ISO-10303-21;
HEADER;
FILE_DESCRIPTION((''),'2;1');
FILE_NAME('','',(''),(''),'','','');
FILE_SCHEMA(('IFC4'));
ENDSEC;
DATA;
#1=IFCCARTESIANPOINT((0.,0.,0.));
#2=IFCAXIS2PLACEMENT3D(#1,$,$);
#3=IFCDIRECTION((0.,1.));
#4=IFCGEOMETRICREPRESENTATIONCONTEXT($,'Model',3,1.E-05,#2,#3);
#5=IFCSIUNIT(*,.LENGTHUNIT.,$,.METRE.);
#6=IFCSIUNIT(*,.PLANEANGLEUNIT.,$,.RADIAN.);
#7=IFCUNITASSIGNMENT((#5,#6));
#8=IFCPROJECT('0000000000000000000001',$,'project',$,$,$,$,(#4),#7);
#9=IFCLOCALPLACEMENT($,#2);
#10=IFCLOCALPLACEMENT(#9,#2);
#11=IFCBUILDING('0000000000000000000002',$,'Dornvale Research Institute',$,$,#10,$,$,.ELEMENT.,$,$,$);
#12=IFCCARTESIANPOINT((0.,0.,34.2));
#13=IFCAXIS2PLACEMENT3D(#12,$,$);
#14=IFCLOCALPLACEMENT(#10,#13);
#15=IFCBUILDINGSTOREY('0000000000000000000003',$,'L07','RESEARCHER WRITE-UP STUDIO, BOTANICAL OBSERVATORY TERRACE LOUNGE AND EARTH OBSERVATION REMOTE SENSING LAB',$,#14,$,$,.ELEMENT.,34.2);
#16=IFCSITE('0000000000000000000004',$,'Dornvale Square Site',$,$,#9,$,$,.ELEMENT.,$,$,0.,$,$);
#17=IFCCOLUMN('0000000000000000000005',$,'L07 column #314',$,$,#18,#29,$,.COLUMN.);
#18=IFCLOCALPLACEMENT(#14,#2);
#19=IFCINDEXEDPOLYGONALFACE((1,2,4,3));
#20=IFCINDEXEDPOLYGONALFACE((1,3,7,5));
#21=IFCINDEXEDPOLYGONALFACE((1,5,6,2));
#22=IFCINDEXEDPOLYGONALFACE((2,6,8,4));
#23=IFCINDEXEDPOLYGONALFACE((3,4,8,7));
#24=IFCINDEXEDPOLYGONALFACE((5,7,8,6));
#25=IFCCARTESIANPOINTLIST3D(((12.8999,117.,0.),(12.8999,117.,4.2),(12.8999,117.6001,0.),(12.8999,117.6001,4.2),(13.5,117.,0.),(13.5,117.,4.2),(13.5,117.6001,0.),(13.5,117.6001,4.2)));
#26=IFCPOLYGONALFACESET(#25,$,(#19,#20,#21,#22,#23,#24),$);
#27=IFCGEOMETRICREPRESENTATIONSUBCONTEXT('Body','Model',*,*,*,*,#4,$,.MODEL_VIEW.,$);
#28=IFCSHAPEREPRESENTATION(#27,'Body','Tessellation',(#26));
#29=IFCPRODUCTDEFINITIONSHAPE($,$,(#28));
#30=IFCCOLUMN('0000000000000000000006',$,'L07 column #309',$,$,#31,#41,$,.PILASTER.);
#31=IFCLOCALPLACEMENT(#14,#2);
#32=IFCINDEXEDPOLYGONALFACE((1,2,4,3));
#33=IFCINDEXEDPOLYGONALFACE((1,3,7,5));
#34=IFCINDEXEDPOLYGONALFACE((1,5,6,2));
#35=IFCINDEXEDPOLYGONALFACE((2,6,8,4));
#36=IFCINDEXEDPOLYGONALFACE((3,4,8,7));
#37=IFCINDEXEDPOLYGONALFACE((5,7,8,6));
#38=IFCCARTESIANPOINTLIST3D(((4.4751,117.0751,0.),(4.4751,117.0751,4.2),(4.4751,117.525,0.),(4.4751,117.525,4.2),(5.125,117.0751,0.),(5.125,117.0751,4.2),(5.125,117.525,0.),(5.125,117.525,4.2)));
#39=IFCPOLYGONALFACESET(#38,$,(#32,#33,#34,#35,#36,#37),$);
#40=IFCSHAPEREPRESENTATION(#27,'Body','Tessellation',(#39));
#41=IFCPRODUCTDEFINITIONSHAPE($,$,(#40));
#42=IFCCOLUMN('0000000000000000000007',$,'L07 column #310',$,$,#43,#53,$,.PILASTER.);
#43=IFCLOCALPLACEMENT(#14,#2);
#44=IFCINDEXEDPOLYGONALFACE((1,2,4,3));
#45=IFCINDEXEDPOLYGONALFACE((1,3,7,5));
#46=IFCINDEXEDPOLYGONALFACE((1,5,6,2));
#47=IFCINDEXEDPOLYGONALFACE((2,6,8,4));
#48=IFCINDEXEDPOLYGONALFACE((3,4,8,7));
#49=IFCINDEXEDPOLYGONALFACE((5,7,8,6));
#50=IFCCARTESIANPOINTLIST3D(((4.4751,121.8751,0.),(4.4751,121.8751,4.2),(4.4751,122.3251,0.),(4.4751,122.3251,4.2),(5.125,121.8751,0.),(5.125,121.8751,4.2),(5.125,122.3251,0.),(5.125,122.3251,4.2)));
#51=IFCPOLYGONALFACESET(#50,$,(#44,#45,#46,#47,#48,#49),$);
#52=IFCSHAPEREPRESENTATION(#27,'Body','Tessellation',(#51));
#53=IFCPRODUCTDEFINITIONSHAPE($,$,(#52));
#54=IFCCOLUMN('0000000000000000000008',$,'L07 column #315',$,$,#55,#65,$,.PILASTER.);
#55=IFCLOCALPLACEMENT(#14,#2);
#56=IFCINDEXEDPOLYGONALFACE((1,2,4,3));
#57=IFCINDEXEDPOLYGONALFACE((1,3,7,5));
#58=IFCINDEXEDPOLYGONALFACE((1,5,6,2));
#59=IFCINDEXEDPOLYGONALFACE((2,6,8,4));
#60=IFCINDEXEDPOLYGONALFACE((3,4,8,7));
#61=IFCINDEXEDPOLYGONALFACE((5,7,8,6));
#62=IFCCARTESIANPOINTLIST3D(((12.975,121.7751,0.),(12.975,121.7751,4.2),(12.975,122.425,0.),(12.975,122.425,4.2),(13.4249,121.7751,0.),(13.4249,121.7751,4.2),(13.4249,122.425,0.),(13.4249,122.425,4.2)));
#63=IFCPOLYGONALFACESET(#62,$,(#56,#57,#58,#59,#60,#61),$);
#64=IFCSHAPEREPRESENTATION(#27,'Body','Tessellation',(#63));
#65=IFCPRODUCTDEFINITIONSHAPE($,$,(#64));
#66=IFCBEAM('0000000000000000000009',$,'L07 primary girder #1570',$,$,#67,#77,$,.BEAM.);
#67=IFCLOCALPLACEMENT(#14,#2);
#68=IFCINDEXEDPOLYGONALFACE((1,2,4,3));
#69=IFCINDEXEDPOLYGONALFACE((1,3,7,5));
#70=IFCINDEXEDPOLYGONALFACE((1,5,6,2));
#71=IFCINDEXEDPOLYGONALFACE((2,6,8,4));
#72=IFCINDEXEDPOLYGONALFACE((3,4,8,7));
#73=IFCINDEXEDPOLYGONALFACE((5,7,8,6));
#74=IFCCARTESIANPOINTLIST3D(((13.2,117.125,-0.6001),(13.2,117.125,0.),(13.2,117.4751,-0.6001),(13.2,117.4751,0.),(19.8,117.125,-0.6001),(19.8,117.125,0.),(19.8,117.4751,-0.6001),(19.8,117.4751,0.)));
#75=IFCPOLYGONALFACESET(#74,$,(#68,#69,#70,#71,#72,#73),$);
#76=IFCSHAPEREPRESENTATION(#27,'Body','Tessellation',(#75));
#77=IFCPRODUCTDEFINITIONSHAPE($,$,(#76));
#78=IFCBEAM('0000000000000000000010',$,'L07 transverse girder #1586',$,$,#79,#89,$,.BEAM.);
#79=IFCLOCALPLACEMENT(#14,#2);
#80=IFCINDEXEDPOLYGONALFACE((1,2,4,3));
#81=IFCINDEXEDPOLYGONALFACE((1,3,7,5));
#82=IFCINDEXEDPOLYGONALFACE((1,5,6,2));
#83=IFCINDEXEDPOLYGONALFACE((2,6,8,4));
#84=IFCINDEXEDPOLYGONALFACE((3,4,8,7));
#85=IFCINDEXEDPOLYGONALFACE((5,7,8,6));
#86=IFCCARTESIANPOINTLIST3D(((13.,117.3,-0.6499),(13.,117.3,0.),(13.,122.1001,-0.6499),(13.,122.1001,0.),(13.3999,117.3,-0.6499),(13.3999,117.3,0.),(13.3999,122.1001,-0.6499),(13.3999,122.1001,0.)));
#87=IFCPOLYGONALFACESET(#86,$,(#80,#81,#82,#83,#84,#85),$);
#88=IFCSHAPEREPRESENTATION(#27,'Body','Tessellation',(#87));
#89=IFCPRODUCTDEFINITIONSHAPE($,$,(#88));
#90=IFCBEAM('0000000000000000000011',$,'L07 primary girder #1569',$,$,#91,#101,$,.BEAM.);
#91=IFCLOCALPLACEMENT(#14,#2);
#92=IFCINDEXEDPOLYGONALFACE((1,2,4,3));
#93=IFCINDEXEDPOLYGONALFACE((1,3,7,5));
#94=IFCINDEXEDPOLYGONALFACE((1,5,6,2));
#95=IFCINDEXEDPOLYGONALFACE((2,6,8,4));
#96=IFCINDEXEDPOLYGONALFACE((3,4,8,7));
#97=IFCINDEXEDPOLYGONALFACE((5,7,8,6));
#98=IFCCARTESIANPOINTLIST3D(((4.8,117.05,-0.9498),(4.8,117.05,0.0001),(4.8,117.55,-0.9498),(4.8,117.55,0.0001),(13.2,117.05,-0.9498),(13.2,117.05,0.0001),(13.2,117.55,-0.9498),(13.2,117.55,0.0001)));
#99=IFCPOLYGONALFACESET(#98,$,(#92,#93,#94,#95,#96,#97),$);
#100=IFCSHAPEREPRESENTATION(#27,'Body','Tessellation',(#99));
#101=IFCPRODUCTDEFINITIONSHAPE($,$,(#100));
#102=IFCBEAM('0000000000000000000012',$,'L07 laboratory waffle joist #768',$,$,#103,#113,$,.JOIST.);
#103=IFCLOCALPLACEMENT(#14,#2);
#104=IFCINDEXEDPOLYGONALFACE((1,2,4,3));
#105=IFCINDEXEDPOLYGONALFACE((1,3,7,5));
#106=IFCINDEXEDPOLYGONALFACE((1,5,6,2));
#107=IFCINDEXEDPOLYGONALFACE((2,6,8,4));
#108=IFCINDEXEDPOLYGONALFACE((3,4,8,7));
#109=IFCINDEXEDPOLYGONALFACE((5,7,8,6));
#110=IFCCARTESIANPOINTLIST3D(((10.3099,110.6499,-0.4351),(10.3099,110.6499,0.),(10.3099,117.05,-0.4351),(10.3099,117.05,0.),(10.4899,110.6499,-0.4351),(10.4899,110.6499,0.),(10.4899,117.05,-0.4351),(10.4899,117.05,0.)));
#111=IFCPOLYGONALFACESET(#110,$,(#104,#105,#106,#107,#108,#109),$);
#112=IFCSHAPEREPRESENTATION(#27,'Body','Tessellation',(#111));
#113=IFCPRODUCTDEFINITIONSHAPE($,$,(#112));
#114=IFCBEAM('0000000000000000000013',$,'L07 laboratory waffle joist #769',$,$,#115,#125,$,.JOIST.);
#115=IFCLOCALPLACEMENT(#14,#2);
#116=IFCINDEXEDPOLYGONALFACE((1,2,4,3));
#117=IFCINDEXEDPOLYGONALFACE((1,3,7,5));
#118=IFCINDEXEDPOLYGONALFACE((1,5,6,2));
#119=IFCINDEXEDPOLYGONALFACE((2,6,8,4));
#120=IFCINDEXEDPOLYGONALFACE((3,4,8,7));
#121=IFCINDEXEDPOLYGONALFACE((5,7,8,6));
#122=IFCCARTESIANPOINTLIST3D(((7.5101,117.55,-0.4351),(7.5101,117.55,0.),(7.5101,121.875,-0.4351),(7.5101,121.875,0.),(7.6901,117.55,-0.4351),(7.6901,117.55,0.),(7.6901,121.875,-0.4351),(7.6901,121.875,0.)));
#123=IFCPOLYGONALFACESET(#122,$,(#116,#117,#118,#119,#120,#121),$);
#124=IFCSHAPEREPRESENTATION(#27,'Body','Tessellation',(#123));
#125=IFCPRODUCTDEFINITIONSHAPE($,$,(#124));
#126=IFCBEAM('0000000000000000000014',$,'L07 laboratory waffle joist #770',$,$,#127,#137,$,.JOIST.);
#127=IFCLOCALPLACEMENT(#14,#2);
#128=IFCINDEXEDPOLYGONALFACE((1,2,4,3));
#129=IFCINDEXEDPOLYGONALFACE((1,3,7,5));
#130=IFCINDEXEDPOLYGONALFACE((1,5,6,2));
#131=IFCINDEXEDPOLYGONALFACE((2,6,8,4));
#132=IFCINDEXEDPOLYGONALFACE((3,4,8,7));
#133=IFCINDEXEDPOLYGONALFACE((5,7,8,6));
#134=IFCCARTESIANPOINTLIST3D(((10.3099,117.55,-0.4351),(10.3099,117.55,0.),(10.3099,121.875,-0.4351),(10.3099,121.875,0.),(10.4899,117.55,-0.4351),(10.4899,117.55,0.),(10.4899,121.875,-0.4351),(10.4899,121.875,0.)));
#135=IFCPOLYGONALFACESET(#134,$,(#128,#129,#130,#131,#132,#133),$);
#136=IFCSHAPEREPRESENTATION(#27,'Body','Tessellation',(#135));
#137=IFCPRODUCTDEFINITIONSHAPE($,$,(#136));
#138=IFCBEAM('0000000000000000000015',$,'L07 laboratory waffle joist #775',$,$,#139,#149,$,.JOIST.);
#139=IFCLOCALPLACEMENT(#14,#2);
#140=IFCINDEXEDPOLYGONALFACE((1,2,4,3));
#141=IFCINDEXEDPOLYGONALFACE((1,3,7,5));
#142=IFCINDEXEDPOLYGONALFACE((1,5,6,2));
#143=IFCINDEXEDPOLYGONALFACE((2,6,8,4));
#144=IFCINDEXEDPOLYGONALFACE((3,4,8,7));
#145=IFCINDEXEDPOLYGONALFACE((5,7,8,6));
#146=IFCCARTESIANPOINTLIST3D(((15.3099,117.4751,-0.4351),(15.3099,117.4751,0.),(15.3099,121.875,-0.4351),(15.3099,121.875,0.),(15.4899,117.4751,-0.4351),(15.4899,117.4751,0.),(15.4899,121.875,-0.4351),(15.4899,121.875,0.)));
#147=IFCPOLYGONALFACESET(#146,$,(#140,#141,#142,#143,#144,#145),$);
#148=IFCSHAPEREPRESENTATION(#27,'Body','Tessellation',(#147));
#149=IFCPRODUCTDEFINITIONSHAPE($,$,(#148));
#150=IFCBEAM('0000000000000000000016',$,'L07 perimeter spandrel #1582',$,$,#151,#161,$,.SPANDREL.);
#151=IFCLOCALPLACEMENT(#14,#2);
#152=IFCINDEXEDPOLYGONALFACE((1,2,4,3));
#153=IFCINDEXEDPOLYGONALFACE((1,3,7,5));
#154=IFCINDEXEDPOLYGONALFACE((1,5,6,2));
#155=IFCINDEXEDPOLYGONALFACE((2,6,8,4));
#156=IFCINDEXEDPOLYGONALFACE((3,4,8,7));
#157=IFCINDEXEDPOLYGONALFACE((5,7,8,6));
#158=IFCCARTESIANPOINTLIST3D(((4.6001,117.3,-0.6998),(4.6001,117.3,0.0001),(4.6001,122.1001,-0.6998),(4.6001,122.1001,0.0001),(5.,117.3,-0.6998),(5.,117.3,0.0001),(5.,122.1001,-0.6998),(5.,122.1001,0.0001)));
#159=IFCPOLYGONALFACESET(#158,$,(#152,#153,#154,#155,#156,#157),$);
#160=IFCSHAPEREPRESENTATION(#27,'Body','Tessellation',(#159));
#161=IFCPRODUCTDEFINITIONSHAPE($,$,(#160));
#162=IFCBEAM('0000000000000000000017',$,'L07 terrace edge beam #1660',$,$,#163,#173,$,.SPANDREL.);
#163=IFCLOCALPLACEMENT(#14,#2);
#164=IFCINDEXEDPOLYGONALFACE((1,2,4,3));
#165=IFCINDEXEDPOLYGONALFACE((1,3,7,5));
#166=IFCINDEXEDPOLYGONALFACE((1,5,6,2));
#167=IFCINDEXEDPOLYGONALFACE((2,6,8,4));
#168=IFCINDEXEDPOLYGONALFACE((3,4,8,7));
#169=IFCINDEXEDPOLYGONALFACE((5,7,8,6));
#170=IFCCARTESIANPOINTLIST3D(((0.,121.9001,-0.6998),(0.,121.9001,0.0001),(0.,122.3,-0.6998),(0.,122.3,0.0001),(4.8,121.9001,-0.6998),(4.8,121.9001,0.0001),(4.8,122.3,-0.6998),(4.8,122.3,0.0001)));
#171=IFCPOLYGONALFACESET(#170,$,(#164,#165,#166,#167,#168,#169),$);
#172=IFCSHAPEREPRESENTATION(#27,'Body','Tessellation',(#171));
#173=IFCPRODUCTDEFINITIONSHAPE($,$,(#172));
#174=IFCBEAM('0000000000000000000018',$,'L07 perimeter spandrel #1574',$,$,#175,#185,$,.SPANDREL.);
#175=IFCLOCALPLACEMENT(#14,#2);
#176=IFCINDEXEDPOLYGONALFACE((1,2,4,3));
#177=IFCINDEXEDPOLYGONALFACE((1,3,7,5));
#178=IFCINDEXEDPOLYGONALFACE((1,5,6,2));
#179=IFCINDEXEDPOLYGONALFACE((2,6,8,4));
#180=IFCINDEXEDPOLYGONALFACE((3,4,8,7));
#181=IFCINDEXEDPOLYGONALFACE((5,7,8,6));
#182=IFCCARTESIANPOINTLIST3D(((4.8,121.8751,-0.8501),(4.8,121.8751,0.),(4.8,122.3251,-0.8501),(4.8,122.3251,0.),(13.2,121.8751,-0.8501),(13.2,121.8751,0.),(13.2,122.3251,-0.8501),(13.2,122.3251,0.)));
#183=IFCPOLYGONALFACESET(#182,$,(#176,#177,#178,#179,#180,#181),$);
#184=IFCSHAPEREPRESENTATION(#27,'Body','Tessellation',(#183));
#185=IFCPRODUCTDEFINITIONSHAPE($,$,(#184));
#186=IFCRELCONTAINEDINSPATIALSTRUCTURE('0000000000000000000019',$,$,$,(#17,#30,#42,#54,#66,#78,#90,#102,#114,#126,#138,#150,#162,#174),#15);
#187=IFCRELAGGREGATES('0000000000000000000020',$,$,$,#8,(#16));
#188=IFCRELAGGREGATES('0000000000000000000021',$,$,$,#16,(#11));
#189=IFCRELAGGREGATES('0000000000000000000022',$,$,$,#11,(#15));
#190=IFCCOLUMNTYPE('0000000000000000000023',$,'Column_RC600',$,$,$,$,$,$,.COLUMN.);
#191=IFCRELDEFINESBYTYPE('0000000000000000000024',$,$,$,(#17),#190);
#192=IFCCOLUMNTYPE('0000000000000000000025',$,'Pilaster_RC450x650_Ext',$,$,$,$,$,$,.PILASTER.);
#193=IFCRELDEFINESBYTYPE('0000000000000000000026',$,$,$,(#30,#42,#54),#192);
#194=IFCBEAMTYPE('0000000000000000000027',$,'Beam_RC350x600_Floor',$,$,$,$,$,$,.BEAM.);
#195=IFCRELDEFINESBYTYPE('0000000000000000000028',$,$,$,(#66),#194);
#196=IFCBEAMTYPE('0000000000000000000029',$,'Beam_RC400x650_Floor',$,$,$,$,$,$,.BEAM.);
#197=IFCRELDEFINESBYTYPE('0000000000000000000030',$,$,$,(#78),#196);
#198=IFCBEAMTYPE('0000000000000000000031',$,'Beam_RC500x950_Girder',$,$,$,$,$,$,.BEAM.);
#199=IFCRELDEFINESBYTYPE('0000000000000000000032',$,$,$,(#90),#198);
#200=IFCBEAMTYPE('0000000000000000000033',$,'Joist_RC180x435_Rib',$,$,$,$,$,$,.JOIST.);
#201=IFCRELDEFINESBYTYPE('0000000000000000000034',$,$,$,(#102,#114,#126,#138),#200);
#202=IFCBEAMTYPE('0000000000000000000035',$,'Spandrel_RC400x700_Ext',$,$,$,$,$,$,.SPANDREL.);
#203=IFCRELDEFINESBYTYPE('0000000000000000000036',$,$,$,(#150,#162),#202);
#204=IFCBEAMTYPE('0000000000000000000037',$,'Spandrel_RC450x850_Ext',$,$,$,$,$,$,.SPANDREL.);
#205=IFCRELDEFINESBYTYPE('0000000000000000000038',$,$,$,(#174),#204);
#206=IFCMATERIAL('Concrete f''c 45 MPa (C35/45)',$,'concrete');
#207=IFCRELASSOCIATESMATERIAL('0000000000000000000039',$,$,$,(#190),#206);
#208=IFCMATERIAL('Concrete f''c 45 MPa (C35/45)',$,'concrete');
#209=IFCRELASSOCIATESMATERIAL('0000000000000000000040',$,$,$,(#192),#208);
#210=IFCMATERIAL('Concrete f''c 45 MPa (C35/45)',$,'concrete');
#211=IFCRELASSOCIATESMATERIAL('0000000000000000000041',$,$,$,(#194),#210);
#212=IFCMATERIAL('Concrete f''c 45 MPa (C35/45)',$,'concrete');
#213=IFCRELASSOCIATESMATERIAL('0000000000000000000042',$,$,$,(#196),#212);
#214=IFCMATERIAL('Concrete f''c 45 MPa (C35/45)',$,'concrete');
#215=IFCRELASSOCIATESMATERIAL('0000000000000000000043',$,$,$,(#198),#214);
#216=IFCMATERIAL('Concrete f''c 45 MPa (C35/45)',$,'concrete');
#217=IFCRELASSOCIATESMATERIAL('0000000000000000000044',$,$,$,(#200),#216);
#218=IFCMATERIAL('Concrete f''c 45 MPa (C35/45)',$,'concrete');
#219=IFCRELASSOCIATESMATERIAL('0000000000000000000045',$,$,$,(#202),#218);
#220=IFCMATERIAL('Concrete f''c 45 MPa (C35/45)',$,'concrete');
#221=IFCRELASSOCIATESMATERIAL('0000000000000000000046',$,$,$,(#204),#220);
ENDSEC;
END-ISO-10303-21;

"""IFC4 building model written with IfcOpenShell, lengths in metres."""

from ifc_helpers import new_model, si_unit, direction, frame, origin, origin_2d, place, context, subcontext, project, spatial, rectangle, extrude, material, material_profile, profile_set, type_object, element, save


model = new_model("IFC4")

# Units and contexts
model_context = context("Model", 3, precision=1e-05, world=origin(), true_north=direction((0.0, 1.0)))
body_context = subcontext(model_context, "Body", "Model", "MODEL_VIEW")
ifc_project = project(units=[si_unit("LENGTHUNIT", "METRE"), si_unit("PLANEANGLEUNIT", "RADIAN")], contexts=[model_context])

# Site, building, storey
site_placement = place(None, origin())
site = spatial("IfcSite", under=ifc_project, at=site_placement, Name="Dornvale Square Site", CompositionType="ELEMENT", RefElevation=0.0)
building_placement = place(site_placement, origin())
building = spatial("IfcBuilding", under=site, at=building_placement, Name="Dornvale Research Institute", CompositionType="ELEMENT")
storey_placement = place(building_placement, frame((0.0, 0.0, 34.2)))
storey = spatial("IfcBuildingStorey", under=building, at=storey_placement, Name="L07", Description="RESEARCHER WRITE-UP STUDIO, BOTANICAL OBSERVATORY TERRACE LOUNGE AND EARTH OBSERVATION REMOTE SENSING LAB", CompositionType="ELEMENT", Elevation=34.2)

# Columns
ifc_material_1 = material(Name="Concrete f'c 45 MPa (C35/45)", Category="concrete")
ifc_material_profile_1 = material_profile(ifc_material_1, rectangle(XDim=0.6001, YDim=0.6001, at=origin_2d()), Name="RC 600x600")
ifc_profile_set_1 = profile_set([ifc_material_profile_1], Name="Concrete f'c 45 MPa (C35/45)")
column_type_1 = type_object("IfcColumnType", Name="Column_RC600", PredefinedType="COLUMN", material=ifc_profile_set_1)
column_placement = place(storey_placement, frame((13.2, 117.3, 0.0), z_axis=(0.0, 0.0, 1.0), x_axis=(1.0, 0.0, 0.0)))
element("IfcColumn", 1, at=column_placement, inside=storey, type_object=column_type_1, Name="L07 column #314", PredefinedType="COLUMN", context=body_context, shape_type="SweptSolid", body=[
    extrude(rectangle(XDim=0.6001, YDim=0.6001, at=origin_2d()), origin(), (0.0, 0.0, 1.0), 4.2),
])
ifc_material_2 = material(Name="Concrete f'c 45 MPa (C35/45)", Category="concrete")
ifc_material_profile_2 = material_profile(ifc_material_2, rectangle(XDim=0.45, YDim=0.6499, at=origin_2d()), Name="RC 450x650")
ifc_profile_set_2 = profile_set([ifc_material_profile_2], Name="Concrete f'c 45 MPa (C35/45)")
column_type_2 = type_object("IfcColumnType", Name="Pilaster_RC450x650_Ext", PredefinedType="PILASTER", material=ifc_profile_set_2)
for number, where, z_axis, x_axis, name in (
    (2, (4.8, 117.3, 0.0), (0.0, 0.0, 1.0), (0.0, 1.0, 0.0), "L07 column #309"),
    (3, (4.8, 122.1001, 0.0), (0.0, 0.0, 1.0), (0.0, 1.0, 0.0), "L07 column #310"),
    (4, (13.2, 122.1001, 0.0), (0.0, 0.0, 1.0), (1.0, 0.0, 0.0), "L07 column #315"),
):
    element("IfcColumn", number, at=place(storey_placement, frame(where, z_axis=z_axis, x_axis=x_axis)), inside=storey, type_object=column_type_2, Name=name, PredefinedType="PILASTER", context=body_context, shape_type="SweptSolid", body=[
        extrude(rectangle(XDim=0.45, YDim=0.6499, at=origin_2d()), origin(), (0.0, 0.0, 1.0), 4.2),
    ])

# Beams
ifc_material_3 = material(Name="Concrete f'c 45 MPa (C35/45)", Category="concrete")
ifc_material_profile_3 = material_profile(ifc_material_3, rectangle(XDim=0.3501, YDim=0.6001, at=origin_2d()), Name="RC 350x600")
ifc_profile_set_3 = profile_set([ifc_material_profile_3], Name="Concrete f'c 45 MPa (C35/45)")
beam_type_1 = type_object("IfcBeamType", Name="Beam_RC350x600_Floor", PredefinedType="BEAM", material=ifc_profile_set_3)
beam_1_placement = place(storey_placement, frame((13.2, 117.3, -0.3), z_axis=(1.0, 0.0, 0.0), x_axis=(0.0, 1.0, 0.0)))
element("IfcBeam", 5, at=beam_1_placement, inside=storey, type_object=beam_type_1, Name="L07 primary girder #1570", PredefinedType="BEAM", context=body_context, shape_type="SweptSolid", body=[
    extrude(rectangle(XDim=0.3501, YDim=0.6001, at=origin_2d()), origin(), (0.0, 0.0, 1.0), 6.6001),
])
ifc_material_4 = material(Name="Concrete f'c 45 MPa (C35/45)", Category="concrete")
ifc_material_profile_4 = material_profile(ifc_material_4, rectangle(XDim=0.3999, YDim=0.6499, at=origin_2d()), Name="RC 400x650")
ifc_profile_set_4 = profile_set([ifc_material_profile_4], Name="Concrete f'c 45 MPa (C35/45)")
beam_type_2 = type_object("IfcBeamType", Name="Beam_RC400x650_Floor", PredefinedType="BEAM", material=ifc_profile_set_4)
beam_2_placement = place(storey_placement, frame((13.2, 117.3, -0.325), z_axis=(0.0, 1.0, 0.0), x_axis=(-1.0, 0.0, 0.0)))
element("IfcBeam", 6, at=beam_2_placement, inside=storey, type_object=beam_type_2, Name="L07 transverse girder #1586", PredefinedType="BEAM", context=body_context, shape_type="SweptSolid", body=[
    extrude(rectangle(XDim=0.3999, YDim=0.6499, at=origin_2d()), origin(), (0.0, 0.0, 1.0), 4.8),
])
ifc_material_5 = material(Name="Concrete f'c 45 MPa (C35/45)", Category="concrete")
ifc_material_profile_5 = material_profile(ifc_material_5, rectangle(XDim=0.5, YDim=0.95, at=origin_2d()), Name="RC 500x950")
ifc_profile_set_5 = profile_set([ifc_material_profile_5], Name="Concrete f'c 45 MPa (C35/45)")
beam_type_3 = type_object("IfcBeamType", Name="Beam_RC500x950_Girder", PredefinedType="BEAM", material=ifc_profile_set_5)
beam_3_placement = place(storey_placement, frame((4.8, 117.3, -0.4749), z_axis=(1.0, 0.0, 0.0), x_axis=(0.0, 1.0, 0.0)))
element("IfcBeam", 7, at=beam_3_placement, inside=storey, type_object=beam_type_3, Name="L07 primary girder #1569", PredefinedType="BEAM", context=body_context, shape_type="SweptSolid", body=[
    extrude(rectangle(XDim=0.5, YDim=0.95, at=origin_2d()), origin(), (0.0, 0.0, 1.0), 8.3999),
])
ifc_material_6 = material(Name="Concrete f'c 45 MPa (C35/45)", Category="concrete")
ifc_material_profile_6 = material_profile(ifc_material_6, rectangle(XDim=0.1799, YDim=0.4351, at=origin_2d()), Name="RC 180x435")
ifc_profile_set_6 = profile_set([ifc_material_profile_6], Name="Concrete f'c 45 MPa (C35/45)")
beam_type_4 = type_object("IfcBeamType", Name="Joist_RC180x435_Rib", PredefinedType="JOIST", material=ifc_profile_set_6)
beam_4_placement = place(storey_placement, frame((10.3999, 110.6499, -0.2175), z_axis=(0.0, 1.0, 0.0), x_axis=(-1.0, 0.0, 0.0)))
element("IfcBeam", 8, at=beam_4_placement, inside=storey, type_object=beam_type_4, Name="L07 laboratory waffle joist #768", PredefinedType="JOIST", context=body_context, shape_type="SweptSolid", body=[
    extrude(rectangle(XDim=0.1799, YDim=0.4351, at=origin_2d()), origin(), (0.0, 0.0, 1.0), 6.4001),
])
for number, where, z_axis, x_axis, name in (
    (9, (7.6001, 117.55, -0.2175), (0.0, 1.0, 0.0), (-1.0, 0.0, 0.0), "L07 laboratory waffle joist #769"),
    (10, (10.3999, 117.55, -0.2175), (0.0, 1.0, 0.0), (-1.0, 0.0, 0.0), "L07 laboratory waffle joist #770"),
):
    element("IfcBeam", number, at=place(storey_placement, frame(where, z_axis=z_axis, x_axis=x_axis)), inside=storey, type_object=beam_type_4, Name=name, PredefinedType="JOIST", context=body_context, shape_type="SweptSolid", body=[
        extrude(rectangle(XDim=0.1799, YDim=0.4351, at=origin_2d()), origin(), (0.0, 0.0, 1.0), 4.325),
    ])
beam_5_placement = place(storey_placement, frame((15.3999, 117.4751, -0.2175), z_axis=(0.0, 1.0, 0.0), x_axis=(-1.0, 0.0, 0.0)))
element("IfcBeam", 11, at=beam_5_placement, inside=storey, type_object=beam_type_4, Name="L07 laboratory waffle joist #775", PredefinedType="JOIST", context=body_context, shape_type="SweptSolid", body=[
    extrude(rectangle(XDim=0.1799, YDim=0.4351, at=origin_2d()), origin(), (0.0, 0.0, 1.0), 4.3999),
])
ifc_material_7 = material(Name="Concrete f'c 45 MPa (C35/45)", Category="concrete")
ifc_material_profile_7 = material_profile(ifc_material_7, rectangle(XDim=0.3999, YDim=0.7, at=origin_2d()), Name="RC 400x700")
ifc_profile_set_7 = profile_set([ifc_material_profile_7], Name="Concrete f'c 45 MPa (C35/45)")
beam_type_5 = type_object("IfcBeamType", Name="Spandrel_RC400x700_Ext", PredefinedType="SPANDREL", material=ifc_profile_set_7)
for number, where, z_axis, x_axis, name in (
    (12, (4.8, 117.3, -0.3499), (0.0, 1.0, 0.0), (-1.0, 0.0, 0.0), "L07 perimeter spandrel #1582"),
    (13, (0.0, 122.1001, -0.3499), (1.0, 0.0, 0.0), (0.0, 1.0, 0.0), "L07 terrace edge beam #1660"),
):
    element("IfcBeam", number, at=place(storey_placement, frame(where, z_axis=z_axis, x_axis=x_axis)), inside=storey, type_object=beam_type_5, Name=name, PredefinedType="SPANDREL", context=body_context, shape_type="SweptSolid", body=[
        extrude(rectangle(XDim=0.3999, YDim=0.7, at=origin_2d()), origin(), (0.0, 0.0, 1.0), 4.8),
    ])
ifc_material_8 = material(Name="Concrete f'c 45 MPa (C35/45)", Category="concrete")
ifc_material_profile_8 = material_profile(ifc_material_8, rectangle(XDim=0.45, YDim=0.8501, at=origin_2d()), Name="RC 450x850")
ifc_profile_set_8 = profile_set([ifc_material_profile_8], Name="Concrete f'c 45 MPa (C35/45)")
beam_type_6 = type_object("IfcBeamType", Name="Spandrel_RC450x850_Ext", PredefinedType="SPANDREL", material=ifc_profile_set_8)
beam_6_placement = place(storey_placement, frame((4.8, 122.1001, -0.425), z_axis=(1.0, 0.0, 0.0), x_axis=(0.0, 1.0, 0.0)))
element("IfcBeam", 14, at=beam_6_placement, inside=storey, type_object=beam_type_6, Name="L07 perimeter spandrel #1574", PredefinedType="SPANDREL", context=body_context, shape_type="SweptSolid", body=[
    extrude(rectangle(XDim=0.45, YDim=0.8501, at=origin_2d()), origin(), (0.0, 0.0, 1.0), 8.3999),
])

save(model, "model.ifc")
